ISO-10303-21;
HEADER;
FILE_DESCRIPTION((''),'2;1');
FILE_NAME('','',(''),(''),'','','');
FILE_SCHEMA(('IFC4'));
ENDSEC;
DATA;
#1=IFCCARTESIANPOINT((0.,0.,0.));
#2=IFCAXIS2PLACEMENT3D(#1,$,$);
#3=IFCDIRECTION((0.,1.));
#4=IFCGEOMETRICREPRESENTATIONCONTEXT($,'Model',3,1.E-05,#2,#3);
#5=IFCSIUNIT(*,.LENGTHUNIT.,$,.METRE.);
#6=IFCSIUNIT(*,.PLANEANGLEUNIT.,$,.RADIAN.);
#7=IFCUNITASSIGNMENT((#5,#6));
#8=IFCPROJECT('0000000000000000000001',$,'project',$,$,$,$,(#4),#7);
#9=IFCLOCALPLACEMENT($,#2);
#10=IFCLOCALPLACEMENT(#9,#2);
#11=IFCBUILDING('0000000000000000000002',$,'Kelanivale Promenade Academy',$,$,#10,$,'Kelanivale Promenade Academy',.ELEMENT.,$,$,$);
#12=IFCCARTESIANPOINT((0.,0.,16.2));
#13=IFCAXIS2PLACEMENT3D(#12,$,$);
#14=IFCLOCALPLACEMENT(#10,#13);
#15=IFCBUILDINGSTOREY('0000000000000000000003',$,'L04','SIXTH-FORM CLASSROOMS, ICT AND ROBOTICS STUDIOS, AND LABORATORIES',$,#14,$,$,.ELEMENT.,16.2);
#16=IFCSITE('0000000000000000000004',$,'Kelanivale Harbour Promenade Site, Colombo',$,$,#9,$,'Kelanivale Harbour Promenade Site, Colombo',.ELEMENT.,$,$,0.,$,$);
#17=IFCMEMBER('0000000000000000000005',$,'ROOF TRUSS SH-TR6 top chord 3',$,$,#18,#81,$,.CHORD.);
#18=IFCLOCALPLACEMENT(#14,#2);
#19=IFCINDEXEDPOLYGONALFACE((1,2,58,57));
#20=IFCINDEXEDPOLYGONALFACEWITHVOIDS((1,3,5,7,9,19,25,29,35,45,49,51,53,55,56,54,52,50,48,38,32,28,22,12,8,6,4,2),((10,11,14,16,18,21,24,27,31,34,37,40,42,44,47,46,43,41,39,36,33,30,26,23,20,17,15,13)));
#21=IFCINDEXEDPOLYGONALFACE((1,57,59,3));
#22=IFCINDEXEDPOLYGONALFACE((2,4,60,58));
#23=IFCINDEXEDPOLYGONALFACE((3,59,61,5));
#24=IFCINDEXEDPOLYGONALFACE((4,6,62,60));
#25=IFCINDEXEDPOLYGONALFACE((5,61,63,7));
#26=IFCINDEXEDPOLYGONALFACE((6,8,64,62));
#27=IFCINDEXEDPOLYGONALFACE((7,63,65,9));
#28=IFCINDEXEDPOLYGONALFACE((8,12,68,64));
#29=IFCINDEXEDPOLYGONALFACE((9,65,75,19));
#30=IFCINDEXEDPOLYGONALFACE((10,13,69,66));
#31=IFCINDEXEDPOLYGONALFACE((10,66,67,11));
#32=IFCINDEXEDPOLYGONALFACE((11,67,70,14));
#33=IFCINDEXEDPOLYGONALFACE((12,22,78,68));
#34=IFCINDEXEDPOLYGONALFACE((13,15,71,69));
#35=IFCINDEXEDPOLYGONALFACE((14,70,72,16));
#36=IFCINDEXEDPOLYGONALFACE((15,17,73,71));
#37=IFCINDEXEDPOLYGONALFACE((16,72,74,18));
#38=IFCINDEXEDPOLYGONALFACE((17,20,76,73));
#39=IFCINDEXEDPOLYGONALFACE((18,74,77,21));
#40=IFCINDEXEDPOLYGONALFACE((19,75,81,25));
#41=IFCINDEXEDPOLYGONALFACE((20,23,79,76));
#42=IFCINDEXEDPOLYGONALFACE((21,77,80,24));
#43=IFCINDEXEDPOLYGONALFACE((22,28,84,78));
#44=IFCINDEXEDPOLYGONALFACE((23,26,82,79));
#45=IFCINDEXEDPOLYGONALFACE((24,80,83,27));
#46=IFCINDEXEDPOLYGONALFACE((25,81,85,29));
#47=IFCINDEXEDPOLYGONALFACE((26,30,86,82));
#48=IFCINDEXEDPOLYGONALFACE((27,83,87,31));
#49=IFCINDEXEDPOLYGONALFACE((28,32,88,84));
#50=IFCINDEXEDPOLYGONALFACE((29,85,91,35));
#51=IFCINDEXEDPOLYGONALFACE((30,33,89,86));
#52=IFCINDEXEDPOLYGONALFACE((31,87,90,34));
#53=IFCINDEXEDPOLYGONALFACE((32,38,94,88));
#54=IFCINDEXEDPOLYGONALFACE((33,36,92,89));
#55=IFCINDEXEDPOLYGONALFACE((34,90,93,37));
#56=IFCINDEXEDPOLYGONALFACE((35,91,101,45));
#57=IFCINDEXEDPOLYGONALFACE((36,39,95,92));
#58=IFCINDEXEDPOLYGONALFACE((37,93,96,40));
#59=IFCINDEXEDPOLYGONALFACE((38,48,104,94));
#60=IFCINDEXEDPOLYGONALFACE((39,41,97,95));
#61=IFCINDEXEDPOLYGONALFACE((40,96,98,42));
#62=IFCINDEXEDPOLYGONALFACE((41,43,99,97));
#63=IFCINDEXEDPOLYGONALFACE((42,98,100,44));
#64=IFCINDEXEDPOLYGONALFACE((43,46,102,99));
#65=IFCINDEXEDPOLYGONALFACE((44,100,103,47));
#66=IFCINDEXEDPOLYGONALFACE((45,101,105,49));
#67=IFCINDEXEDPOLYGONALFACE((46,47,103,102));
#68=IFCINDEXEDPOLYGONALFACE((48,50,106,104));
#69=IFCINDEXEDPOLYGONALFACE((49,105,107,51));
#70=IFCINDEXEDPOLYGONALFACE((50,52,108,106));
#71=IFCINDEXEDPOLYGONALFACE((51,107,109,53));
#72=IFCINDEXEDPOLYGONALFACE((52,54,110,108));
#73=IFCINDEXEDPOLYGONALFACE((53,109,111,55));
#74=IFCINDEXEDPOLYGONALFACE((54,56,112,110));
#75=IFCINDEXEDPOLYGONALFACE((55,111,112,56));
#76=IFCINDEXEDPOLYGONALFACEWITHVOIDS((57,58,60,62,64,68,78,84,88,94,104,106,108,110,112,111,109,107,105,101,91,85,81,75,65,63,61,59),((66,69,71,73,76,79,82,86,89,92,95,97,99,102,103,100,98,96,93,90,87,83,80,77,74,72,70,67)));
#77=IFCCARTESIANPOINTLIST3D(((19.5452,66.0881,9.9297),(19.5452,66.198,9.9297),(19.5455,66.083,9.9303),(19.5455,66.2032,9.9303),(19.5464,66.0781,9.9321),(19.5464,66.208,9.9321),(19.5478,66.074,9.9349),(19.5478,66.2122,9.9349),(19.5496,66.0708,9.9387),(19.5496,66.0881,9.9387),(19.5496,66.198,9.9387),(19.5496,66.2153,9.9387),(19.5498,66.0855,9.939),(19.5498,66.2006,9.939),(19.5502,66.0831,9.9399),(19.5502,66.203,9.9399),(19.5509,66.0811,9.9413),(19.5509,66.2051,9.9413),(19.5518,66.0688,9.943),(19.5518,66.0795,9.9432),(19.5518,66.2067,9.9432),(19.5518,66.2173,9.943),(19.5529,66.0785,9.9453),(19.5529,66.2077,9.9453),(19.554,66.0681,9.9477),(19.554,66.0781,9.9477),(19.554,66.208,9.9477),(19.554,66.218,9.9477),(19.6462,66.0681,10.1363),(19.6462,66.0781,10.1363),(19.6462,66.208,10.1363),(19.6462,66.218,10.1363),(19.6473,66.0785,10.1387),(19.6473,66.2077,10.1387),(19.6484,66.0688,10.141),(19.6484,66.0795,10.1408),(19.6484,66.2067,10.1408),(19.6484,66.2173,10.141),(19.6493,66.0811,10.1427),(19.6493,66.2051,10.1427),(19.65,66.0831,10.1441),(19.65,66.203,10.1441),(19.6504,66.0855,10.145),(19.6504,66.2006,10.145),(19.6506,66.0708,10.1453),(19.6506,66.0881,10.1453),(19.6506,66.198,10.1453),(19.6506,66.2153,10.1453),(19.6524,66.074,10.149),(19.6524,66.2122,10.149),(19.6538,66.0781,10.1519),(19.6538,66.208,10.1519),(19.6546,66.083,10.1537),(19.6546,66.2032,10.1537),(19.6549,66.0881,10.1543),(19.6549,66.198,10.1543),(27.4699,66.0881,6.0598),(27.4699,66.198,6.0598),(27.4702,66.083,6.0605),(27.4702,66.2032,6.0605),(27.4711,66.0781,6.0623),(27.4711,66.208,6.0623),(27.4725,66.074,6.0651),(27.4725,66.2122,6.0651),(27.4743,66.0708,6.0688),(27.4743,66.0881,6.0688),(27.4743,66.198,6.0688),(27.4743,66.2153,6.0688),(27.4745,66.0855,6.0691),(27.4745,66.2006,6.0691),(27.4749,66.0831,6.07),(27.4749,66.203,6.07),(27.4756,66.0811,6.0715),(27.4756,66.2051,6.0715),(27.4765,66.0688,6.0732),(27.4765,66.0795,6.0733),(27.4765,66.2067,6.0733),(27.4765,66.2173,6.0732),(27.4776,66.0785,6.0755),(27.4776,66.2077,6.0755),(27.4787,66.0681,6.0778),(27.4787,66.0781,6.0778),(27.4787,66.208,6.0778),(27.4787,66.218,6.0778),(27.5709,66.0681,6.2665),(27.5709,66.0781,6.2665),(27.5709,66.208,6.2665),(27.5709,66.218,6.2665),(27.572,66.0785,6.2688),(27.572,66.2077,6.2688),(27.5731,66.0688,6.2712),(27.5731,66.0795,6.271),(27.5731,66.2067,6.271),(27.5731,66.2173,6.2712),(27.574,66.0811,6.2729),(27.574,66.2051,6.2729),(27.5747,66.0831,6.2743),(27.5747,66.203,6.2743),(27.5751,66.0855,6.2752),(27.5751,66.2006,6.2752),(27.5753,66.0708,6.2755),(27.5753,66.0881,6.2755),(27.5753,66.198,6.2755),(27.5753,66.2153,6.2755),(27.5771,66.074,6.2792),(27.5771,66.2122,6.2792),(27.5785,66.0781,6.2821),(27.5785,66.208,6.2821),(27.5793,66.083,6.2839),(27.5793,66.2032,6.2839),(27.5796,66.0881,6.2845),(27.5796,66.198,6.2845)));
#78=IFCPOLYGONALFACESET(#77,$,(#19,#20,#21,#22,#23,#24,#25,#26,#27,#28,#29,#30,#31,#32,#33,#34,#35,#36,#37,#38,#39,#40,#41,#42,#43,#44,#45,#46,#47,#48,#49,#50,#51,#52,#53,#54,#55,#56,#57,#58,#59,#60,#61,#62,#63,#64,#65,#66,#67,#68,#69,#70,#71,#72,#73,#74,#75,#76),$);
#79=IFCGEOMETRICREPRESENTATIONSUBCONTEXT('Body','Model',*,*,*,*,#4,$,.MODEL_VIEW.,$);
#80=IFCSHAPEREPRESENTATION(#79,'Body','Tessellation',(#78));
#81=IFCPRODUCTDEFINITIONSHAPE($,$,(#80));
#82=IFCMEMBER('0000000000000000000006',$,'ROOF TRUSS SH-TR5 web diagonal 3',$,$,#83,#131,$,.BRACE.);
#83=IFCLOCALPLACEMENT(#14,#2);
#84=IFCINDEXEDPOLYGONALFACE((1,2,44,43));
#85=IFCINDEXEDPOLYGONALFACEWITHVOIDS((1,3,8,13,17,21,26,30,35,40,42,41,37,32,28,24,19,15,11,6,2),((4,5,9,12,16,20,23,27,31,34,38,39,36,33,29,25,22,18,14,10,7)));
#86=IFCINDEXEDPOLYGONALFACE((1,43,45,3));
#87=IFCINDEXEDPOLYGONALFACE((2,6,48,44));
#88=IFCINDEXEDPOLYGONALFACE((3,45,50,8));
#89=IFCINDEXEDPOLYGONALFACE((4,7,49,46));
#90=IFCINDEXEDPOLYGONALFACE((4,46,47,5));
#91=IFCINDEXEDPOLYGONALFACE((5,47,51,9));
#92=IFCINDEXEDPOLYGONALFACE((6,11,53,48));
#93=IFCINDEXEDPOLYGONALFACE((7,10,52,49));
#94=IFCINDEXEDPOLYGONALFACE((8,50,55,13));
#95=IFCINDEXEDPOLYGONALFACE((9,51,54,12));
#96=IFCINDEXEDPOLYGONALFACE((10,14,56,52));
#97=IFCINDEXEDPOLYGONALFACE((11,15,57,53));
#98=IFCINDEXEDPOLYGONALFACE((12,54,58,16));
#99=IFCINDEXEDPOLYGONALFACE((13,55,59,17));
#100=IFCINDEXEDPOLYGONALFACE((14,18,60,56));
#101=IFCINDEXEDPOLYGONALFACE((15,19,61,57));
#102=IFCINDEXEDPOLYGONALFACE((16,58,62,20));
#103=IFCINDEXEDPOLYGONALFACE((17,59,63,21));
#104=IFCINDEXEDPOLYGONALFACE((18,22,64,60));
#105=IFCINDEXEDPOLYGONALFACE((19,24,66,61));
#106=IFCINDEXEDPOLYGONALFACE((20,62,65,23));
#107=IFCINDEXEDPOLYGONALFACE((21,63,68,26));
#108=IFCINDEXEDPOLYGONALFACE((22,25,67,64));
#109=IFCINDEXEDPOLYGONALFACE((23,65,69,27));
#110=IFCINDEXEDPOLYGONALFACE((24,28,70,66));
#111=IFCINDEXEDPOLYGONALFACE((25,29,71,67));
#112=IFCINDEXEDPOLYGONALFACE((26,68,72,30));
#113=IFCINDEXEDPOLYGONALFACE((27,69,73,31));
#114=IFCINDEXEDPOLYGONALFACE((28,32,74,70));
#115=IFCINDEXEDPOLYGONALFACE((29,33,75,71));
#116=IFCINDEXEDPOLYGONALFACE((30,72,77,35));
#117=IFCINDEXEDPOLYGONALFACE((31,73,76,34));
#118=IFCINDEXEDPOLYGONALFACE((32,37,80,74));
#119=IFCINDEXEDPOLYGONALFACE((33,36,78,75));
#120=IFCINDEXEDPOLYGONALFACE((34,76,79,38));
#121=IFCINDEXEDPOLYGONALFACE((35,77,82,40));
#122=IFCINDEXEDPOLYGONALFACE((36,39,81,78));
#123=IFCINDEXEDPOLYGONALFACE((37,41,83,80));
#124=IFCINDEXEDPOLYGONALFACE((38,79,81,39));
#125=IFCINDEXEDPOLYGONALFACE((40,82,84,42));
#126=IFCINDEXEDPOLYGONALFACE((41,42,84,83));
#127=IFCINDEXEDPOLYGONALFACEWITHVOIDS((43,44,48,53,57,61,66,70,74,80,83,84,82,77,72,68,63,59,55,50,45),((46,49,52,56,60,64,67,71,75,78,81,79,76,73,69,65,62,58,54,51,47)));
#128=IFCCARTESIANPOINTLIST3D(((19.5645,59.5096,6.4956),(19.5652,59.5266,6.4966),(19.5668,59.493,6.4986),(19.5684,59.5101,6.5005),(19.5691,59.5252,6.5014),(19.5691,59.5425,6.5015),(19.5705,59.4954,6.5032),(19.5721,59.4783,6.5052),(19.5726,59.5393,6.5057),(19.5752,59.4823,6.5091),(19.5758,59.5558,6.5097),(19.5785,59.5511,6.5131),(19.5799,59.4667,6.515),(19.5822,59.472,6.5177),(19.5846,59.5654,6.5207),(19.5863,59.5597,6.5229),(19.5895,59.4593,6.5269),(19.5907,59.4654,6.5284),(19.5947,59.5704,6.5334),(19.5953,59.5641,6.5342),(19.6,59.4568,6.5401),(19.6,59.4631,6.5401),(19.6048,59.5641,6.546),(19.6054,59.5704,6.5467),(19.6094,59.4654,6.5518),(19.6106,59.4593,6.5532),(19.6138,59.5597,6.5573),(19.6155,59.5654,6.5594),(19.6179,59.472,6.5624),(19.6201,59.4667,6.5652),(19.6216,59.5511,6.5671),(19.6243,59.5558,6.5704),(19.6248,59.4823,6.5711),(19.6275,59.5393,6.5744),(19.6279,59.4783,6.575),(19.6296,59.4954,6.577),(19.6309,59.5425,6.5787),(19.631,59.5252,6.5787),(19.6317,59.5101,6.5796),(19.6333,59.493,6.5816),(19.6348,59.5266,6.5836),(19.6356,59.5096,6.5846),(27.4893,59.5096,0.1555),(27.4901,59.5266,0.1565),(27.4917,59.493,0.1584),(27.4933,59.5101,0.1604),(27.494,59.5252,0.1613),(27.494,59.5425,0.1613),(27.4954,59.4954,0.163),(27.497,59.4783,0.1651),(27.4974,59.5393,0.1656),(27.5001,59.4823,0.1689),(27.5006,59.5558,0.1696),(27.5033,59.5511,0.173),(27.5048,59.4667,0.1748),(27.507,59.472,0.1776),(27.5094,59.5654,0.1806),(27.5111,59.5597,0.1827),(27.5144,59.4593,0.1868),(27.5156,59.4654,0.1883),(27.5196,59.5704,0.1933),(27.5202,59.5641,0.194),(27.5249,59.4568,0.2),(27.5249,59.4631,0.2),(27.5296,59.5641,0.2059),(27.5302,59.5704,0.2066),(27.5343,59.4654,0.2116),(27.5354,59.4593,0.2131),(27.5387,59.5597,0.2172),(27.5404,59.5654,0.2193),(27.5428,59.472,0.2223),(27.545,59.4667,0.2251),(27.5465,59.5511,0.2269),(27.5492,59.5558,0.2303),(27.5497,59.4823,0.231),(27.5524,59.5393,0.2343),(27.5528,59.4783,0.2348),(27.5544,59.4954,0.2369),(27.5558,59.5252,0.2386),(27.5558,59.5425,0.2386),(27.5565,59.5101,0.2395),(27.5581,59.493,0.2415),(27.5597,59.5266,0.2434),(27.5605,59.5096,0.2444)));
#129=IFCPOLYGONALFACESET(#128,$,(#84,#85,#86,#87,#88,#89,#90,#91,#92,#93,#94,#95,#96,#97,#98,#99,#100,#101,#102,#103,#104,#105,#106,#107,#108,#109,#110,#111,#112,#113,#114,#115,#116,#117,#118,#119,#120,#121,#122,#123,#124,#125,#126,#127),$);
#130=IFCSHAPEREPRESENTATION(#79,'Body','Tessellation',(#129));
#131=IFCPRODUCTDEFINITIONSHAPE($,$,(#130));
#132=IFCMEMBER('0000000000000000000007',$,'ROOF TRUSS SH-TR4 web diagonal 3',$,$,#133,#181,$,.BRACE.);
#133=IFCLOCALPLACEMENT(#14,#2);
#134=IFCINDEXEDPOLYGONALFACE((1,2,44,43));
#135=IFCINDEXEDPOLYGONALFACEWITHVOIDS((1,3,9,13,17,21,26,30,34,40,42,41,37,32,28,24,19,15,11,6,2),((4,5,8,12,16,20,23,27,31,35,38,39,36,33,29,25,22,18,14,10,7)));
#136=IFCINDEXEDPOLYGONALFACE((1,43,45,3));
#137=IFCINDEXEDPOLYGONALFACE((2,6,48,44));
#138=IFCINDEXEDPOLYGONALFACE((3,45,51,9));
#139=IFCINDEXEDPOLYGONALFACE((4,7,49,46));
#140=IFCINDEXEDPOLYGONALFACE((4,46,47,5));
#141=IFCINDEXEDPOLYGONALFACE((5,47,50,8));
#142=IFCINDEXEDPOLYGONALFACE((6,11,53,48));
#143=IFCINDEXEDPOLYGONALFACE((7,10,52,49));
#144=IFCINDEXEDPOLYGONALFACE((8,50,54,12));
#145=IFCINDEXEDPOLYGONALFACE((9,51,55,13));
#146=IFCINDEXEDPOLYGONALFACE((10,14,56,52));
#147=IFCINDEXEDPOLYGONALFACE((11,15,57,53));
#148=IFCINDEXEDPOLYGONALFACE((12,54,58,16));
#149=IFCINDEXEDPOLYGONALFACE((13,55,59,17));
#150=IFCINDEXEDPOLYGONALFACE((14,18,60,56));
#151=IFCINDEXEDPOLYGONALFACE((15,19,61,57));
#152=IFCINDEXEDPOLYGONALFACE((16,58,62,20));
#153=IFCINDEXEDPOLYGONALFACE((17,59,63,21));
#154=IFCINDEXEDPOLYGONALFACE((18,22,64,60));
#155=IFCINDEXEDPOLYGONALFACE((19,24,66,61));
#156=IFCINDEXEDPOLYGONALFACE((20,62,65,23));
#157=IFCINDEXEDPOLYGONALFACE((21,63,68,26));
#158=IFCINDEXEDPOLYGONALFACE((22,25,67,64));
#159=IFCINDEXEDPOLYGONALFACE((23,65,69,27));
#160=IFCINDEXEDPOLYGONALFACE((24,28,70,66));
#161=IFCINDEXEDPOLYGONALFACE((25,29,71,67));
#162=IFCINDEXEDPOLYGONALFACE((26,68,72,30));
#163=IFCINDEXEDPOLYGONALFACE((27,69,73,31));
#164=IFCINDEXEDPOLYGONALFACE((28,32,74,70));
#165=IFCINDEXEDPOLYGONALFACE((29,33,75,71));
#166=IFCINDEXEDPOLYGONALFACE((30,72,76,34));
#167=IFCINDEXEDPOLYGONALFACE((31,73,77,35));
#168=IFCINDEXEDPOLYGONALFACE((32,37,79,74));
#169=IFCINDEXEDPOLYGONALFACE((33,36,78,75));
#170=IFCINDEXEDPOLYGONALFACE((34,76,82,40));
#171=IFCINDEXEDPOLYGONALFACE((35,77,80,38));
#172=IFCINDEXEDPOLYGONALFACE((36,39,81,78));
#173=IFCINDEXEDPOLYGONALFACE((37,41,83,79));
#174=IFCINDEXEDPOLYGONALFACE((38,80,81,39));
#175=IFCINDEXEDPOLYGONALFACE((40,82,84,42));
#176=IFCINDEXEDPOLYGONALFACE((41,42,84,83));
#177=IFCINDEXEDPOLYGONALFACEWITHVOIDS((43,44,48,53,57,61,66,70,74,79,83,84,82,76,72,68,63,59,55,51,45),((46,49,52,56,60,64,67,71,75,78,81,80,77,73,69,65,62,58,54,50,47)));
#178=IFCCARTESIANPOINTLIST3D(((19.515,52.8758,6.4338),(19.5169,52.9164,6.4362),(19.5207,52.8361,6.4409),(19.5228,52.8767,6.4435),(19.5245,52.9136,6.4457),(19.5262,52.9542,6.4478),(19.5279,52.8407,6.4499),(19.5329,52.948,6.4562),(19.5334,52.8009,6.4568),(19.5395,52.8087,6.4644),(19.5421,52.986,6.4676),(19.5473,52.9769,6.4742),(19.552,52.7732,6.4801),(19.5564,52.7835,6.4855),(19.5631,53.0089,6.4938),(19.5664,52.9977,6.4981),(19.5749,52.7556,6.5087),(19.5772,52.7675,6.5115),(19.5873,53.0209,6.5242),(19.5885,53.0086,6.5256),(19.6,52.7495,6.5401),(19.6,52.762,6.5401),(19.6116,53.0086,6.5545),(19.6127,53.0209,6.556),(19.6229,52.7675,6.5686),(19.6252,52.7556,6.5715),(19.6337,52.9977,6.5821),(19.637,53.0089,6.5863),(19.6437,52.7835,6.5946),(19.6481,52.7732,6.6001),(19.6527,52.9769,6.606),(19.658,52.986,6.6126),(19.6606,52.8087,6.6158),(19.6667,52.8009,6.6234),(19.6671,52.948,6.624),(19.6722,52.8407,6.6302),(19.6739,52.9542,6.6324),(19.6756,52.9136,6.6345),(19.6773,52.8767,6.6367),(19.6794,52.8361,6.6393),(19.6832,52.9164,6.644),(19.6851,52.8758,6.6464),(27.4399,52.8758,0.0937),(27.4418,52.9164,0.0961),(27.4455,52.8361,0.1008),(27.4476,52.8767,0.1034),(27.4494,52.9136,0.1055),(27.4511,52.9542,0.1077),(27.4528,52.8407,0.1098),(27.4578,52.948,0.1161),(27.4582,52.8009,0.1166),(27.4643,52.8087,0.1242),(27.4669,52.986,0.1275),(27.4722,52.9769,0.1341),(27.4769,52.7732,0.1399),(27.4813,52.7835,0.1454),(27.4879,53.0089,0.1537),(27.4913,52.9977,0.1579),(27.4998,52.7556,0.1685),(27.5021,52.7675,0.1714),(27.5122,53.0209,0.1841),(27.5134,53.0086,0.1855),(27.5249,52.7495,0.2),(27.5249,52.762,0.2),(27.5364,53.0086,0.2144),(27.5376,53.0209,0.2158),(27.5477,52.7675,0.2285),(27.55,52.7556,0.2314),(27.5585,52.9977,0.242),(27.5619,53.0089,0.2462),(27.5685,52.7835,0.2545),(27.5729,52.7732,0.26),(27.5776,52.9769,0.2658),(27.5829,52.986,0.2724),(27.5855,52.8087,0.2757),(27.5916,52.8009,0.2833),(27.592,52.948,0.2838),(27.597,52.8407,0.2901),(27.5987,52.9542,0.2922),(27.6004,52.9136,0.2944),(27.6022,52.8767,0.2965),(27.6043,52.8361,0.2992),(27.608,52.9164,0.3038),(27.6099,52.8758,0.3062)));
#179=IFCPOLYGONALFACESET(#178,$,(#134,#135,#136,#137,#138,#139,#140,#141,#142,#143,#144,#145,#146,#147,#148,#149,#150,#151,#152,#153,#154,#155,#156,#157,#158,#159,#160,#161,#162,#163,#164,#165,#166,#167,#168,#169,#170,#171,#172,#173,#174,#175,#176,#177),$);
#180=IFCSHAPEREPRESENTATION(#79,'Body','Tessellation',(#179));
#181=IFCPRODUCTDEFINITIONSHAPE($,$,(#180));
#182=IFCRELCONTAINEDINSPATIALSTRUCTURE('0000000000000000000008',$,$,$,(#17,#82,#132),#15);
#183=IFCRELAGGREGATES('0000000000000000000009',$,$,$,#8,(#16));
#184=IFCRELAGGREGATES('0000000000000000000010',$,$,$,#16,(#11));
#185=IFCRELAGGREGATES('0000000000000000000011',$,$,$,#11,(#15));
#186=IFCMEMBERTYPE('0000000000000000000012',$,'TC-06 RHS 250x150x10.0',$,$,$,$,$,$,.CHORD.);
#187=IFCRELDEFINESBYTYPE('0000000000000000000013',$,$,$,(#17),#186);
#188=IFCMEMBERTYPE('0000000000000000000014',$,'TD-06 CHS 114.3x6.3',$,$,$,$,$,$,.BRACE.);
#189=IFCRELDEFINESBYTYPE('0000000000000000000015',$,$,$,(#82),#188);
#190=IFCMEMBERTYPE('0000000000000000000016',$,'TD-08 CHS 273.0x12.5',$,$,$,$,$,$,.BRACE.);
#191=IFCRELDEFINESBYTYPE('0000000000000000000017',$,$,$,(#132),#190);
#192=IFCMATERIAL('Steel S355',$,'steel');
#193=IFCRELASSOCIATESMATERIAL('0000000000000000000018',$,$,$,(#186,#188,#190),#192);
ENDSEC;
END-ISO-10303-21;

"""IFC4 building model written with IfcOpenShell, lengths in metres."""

from ifc_helpers import new_model, si_unit, direction, frame, origin, origin_2d, place, context, subcontext, project, spatial, hollow_rectangle, hollow_circle, extrude, material, material_profile, profile_set, type_object, element, save


model = new_model("IFC4")

# Units and contexts
model_context = context("Model", 3, precision=1e-05, world=origin(), true_north=direction((0.0, 1.0)))
body_context = subcontext(model_context, "Body", "Model", "MODEL_VIEW")
ifc_project = project(units=[si_unit("LENGTHUNIT", "METRE"), si_unit("PLANEANGLEUNIT", "RADIAN")], contexts=[model_context])

# Site, building, storey
site_placement = place(None, origin())
site = spatial("IfcSite", under=ifc_project, at=site_placement, Name="Kelanivale Harbour Promenade Site, Colombo", LongName="Kelanivale Harbour Promenade Site, Colombo", CompositionType="ELEMENT", RefElevation=0.0)
building_placement = place(site_placement, origin())
building = spatial("IfcBuilding", under=site, at=building_placement, Name="Kelanivale Promenade Academy", LongName="Kelanivale Promenade Academy", CompositionType="ELEMENT")
storey_placement = place(building_placement, frame((0.0, 0.0, 16.2)))
storey = spatial("IfcBuildingStorey", under=building, at=storey_placement, Name="L04", Description="SIXTH-FORM CLASSROOMS, ICT AND ROBOTICS STUDIOS, AND LABORATORIES", CompositionType="ELEMENT", Elevation=16.2)

# Members
ifc_material = material(Name="Steel S355", Category="steel")
ifc_material_profile_1 = material_profile(ifc_material, hollow_rectangle(XDim=0.1499, YDim=0.25, WallThickness=0.01, InnerFilletRadius=0.01, OuterFilletRadius=0.02, at=origin_2d()), Name="RHS 250x150x10.0")
ifc_profile_set_1 = profile_set([ifc_material_profile_1], Name="Steel S355")
member_type_1 = type_object("IfcMemberType", Name="TC-06 RHS 250x150x10.0", PredefinedType="CHORD", material=ifc_profile_set_1)
member_1_placement = place(storey_placement, frame((19.6001, 66.1431, 10.042), z_axis=(0.898585, 0.0, -0.4388), x_axis=(0.0, 1.0, 0.0)))
element("IfcMember", 1, at=member_1_placement, inside=storey, type_object=member_type_1, Name="ROOF TRUSS SH-TR6 top chord 3", PredefinedType="CHORD", context=body_context, shape_type="SweptSolid", body=[
    extrude(hollow_rectangle(XDim=0.1499, YDim=0.25, WallThickness=0.01, InnerFilletRadius=0.01, OuterFilletRadius=0.02, at=origin_2d()), origin(), (0.0, 0.0, 1.0), 8.8191),
])
ifc_material_profile_2 = material_profile(ifc_material, hollow_circle(Radius=0.0571, WallThickness=0.0063, at=origin_2d()), Name="CHS 114.3x6.3")
ifc_profile_set_2 = profile_set([ifc_material_profile_2], Name="Steel S355")
member_type_2 = type_object("IfcMemberType", Name="TD-06 CHS 114.3x6.3", PredefinedType="BRACE", material=ifc_profile_set_2)
member_2_placement = place(storey_placement, frame((27.5249, 59.5139, 0.2), z_axis=(-0.780857, 0.0, 0.62471), x_axis=(0.0, -1.0, 0.0)))
element("IfcMember", 2, at=member_2_placement, inside=storey, type_object=member_type_2, Name="ROOF TRUSS SH-TR5 web diagonal 3", PredefinedType="BRACE", context=body_context, shape_type="SweptSolid", body=[
    extrude(hollow_circle(Radius=0.0571, WallThickness=0.0063, at=origin_2d()), origin(), (0.0, 0.0, 1.0), 10.1489),
])
ifc_material_profile_3 = material_profile(ifc_material, hollow_circle(Radius=0.1365, WallThickness=0.0125, at=origin_2d()), Name="CHS 273.0x12.5")
ifc_profile_set_3 = profile_set([ifc_material_profile_3], Name="Steel S355")
member_type_3 = type_object("IfcMemberType", Name="TD-08 CHS 273.0x12.5", PredefinedType="BRACE", material=ifc_profile_set_3)
member_3_placement = place(storey_placement, frame((27.5249, 52.886, 0.2), z_axis=(-0.780857, 0.0, 0.62471), x_axis=(0.0, -1.0, 0.0)))
element("IfcMember", 3, at=member_3_placement, inside=storey, type_object=member_type_3, Name="ROOF TRUSS SH-TR4 web diagonal 3", PredefinedType="BRACE", context=body_context, shape_type="SweptSolid", body=[
    extrude(hollow_circle(Radius=0.1365, WallThickness=0.0125, at=origin_2d()), origin(), (0.0, 0.0, 1.0), 10.1489),
])

save(model, "model.ifc")
